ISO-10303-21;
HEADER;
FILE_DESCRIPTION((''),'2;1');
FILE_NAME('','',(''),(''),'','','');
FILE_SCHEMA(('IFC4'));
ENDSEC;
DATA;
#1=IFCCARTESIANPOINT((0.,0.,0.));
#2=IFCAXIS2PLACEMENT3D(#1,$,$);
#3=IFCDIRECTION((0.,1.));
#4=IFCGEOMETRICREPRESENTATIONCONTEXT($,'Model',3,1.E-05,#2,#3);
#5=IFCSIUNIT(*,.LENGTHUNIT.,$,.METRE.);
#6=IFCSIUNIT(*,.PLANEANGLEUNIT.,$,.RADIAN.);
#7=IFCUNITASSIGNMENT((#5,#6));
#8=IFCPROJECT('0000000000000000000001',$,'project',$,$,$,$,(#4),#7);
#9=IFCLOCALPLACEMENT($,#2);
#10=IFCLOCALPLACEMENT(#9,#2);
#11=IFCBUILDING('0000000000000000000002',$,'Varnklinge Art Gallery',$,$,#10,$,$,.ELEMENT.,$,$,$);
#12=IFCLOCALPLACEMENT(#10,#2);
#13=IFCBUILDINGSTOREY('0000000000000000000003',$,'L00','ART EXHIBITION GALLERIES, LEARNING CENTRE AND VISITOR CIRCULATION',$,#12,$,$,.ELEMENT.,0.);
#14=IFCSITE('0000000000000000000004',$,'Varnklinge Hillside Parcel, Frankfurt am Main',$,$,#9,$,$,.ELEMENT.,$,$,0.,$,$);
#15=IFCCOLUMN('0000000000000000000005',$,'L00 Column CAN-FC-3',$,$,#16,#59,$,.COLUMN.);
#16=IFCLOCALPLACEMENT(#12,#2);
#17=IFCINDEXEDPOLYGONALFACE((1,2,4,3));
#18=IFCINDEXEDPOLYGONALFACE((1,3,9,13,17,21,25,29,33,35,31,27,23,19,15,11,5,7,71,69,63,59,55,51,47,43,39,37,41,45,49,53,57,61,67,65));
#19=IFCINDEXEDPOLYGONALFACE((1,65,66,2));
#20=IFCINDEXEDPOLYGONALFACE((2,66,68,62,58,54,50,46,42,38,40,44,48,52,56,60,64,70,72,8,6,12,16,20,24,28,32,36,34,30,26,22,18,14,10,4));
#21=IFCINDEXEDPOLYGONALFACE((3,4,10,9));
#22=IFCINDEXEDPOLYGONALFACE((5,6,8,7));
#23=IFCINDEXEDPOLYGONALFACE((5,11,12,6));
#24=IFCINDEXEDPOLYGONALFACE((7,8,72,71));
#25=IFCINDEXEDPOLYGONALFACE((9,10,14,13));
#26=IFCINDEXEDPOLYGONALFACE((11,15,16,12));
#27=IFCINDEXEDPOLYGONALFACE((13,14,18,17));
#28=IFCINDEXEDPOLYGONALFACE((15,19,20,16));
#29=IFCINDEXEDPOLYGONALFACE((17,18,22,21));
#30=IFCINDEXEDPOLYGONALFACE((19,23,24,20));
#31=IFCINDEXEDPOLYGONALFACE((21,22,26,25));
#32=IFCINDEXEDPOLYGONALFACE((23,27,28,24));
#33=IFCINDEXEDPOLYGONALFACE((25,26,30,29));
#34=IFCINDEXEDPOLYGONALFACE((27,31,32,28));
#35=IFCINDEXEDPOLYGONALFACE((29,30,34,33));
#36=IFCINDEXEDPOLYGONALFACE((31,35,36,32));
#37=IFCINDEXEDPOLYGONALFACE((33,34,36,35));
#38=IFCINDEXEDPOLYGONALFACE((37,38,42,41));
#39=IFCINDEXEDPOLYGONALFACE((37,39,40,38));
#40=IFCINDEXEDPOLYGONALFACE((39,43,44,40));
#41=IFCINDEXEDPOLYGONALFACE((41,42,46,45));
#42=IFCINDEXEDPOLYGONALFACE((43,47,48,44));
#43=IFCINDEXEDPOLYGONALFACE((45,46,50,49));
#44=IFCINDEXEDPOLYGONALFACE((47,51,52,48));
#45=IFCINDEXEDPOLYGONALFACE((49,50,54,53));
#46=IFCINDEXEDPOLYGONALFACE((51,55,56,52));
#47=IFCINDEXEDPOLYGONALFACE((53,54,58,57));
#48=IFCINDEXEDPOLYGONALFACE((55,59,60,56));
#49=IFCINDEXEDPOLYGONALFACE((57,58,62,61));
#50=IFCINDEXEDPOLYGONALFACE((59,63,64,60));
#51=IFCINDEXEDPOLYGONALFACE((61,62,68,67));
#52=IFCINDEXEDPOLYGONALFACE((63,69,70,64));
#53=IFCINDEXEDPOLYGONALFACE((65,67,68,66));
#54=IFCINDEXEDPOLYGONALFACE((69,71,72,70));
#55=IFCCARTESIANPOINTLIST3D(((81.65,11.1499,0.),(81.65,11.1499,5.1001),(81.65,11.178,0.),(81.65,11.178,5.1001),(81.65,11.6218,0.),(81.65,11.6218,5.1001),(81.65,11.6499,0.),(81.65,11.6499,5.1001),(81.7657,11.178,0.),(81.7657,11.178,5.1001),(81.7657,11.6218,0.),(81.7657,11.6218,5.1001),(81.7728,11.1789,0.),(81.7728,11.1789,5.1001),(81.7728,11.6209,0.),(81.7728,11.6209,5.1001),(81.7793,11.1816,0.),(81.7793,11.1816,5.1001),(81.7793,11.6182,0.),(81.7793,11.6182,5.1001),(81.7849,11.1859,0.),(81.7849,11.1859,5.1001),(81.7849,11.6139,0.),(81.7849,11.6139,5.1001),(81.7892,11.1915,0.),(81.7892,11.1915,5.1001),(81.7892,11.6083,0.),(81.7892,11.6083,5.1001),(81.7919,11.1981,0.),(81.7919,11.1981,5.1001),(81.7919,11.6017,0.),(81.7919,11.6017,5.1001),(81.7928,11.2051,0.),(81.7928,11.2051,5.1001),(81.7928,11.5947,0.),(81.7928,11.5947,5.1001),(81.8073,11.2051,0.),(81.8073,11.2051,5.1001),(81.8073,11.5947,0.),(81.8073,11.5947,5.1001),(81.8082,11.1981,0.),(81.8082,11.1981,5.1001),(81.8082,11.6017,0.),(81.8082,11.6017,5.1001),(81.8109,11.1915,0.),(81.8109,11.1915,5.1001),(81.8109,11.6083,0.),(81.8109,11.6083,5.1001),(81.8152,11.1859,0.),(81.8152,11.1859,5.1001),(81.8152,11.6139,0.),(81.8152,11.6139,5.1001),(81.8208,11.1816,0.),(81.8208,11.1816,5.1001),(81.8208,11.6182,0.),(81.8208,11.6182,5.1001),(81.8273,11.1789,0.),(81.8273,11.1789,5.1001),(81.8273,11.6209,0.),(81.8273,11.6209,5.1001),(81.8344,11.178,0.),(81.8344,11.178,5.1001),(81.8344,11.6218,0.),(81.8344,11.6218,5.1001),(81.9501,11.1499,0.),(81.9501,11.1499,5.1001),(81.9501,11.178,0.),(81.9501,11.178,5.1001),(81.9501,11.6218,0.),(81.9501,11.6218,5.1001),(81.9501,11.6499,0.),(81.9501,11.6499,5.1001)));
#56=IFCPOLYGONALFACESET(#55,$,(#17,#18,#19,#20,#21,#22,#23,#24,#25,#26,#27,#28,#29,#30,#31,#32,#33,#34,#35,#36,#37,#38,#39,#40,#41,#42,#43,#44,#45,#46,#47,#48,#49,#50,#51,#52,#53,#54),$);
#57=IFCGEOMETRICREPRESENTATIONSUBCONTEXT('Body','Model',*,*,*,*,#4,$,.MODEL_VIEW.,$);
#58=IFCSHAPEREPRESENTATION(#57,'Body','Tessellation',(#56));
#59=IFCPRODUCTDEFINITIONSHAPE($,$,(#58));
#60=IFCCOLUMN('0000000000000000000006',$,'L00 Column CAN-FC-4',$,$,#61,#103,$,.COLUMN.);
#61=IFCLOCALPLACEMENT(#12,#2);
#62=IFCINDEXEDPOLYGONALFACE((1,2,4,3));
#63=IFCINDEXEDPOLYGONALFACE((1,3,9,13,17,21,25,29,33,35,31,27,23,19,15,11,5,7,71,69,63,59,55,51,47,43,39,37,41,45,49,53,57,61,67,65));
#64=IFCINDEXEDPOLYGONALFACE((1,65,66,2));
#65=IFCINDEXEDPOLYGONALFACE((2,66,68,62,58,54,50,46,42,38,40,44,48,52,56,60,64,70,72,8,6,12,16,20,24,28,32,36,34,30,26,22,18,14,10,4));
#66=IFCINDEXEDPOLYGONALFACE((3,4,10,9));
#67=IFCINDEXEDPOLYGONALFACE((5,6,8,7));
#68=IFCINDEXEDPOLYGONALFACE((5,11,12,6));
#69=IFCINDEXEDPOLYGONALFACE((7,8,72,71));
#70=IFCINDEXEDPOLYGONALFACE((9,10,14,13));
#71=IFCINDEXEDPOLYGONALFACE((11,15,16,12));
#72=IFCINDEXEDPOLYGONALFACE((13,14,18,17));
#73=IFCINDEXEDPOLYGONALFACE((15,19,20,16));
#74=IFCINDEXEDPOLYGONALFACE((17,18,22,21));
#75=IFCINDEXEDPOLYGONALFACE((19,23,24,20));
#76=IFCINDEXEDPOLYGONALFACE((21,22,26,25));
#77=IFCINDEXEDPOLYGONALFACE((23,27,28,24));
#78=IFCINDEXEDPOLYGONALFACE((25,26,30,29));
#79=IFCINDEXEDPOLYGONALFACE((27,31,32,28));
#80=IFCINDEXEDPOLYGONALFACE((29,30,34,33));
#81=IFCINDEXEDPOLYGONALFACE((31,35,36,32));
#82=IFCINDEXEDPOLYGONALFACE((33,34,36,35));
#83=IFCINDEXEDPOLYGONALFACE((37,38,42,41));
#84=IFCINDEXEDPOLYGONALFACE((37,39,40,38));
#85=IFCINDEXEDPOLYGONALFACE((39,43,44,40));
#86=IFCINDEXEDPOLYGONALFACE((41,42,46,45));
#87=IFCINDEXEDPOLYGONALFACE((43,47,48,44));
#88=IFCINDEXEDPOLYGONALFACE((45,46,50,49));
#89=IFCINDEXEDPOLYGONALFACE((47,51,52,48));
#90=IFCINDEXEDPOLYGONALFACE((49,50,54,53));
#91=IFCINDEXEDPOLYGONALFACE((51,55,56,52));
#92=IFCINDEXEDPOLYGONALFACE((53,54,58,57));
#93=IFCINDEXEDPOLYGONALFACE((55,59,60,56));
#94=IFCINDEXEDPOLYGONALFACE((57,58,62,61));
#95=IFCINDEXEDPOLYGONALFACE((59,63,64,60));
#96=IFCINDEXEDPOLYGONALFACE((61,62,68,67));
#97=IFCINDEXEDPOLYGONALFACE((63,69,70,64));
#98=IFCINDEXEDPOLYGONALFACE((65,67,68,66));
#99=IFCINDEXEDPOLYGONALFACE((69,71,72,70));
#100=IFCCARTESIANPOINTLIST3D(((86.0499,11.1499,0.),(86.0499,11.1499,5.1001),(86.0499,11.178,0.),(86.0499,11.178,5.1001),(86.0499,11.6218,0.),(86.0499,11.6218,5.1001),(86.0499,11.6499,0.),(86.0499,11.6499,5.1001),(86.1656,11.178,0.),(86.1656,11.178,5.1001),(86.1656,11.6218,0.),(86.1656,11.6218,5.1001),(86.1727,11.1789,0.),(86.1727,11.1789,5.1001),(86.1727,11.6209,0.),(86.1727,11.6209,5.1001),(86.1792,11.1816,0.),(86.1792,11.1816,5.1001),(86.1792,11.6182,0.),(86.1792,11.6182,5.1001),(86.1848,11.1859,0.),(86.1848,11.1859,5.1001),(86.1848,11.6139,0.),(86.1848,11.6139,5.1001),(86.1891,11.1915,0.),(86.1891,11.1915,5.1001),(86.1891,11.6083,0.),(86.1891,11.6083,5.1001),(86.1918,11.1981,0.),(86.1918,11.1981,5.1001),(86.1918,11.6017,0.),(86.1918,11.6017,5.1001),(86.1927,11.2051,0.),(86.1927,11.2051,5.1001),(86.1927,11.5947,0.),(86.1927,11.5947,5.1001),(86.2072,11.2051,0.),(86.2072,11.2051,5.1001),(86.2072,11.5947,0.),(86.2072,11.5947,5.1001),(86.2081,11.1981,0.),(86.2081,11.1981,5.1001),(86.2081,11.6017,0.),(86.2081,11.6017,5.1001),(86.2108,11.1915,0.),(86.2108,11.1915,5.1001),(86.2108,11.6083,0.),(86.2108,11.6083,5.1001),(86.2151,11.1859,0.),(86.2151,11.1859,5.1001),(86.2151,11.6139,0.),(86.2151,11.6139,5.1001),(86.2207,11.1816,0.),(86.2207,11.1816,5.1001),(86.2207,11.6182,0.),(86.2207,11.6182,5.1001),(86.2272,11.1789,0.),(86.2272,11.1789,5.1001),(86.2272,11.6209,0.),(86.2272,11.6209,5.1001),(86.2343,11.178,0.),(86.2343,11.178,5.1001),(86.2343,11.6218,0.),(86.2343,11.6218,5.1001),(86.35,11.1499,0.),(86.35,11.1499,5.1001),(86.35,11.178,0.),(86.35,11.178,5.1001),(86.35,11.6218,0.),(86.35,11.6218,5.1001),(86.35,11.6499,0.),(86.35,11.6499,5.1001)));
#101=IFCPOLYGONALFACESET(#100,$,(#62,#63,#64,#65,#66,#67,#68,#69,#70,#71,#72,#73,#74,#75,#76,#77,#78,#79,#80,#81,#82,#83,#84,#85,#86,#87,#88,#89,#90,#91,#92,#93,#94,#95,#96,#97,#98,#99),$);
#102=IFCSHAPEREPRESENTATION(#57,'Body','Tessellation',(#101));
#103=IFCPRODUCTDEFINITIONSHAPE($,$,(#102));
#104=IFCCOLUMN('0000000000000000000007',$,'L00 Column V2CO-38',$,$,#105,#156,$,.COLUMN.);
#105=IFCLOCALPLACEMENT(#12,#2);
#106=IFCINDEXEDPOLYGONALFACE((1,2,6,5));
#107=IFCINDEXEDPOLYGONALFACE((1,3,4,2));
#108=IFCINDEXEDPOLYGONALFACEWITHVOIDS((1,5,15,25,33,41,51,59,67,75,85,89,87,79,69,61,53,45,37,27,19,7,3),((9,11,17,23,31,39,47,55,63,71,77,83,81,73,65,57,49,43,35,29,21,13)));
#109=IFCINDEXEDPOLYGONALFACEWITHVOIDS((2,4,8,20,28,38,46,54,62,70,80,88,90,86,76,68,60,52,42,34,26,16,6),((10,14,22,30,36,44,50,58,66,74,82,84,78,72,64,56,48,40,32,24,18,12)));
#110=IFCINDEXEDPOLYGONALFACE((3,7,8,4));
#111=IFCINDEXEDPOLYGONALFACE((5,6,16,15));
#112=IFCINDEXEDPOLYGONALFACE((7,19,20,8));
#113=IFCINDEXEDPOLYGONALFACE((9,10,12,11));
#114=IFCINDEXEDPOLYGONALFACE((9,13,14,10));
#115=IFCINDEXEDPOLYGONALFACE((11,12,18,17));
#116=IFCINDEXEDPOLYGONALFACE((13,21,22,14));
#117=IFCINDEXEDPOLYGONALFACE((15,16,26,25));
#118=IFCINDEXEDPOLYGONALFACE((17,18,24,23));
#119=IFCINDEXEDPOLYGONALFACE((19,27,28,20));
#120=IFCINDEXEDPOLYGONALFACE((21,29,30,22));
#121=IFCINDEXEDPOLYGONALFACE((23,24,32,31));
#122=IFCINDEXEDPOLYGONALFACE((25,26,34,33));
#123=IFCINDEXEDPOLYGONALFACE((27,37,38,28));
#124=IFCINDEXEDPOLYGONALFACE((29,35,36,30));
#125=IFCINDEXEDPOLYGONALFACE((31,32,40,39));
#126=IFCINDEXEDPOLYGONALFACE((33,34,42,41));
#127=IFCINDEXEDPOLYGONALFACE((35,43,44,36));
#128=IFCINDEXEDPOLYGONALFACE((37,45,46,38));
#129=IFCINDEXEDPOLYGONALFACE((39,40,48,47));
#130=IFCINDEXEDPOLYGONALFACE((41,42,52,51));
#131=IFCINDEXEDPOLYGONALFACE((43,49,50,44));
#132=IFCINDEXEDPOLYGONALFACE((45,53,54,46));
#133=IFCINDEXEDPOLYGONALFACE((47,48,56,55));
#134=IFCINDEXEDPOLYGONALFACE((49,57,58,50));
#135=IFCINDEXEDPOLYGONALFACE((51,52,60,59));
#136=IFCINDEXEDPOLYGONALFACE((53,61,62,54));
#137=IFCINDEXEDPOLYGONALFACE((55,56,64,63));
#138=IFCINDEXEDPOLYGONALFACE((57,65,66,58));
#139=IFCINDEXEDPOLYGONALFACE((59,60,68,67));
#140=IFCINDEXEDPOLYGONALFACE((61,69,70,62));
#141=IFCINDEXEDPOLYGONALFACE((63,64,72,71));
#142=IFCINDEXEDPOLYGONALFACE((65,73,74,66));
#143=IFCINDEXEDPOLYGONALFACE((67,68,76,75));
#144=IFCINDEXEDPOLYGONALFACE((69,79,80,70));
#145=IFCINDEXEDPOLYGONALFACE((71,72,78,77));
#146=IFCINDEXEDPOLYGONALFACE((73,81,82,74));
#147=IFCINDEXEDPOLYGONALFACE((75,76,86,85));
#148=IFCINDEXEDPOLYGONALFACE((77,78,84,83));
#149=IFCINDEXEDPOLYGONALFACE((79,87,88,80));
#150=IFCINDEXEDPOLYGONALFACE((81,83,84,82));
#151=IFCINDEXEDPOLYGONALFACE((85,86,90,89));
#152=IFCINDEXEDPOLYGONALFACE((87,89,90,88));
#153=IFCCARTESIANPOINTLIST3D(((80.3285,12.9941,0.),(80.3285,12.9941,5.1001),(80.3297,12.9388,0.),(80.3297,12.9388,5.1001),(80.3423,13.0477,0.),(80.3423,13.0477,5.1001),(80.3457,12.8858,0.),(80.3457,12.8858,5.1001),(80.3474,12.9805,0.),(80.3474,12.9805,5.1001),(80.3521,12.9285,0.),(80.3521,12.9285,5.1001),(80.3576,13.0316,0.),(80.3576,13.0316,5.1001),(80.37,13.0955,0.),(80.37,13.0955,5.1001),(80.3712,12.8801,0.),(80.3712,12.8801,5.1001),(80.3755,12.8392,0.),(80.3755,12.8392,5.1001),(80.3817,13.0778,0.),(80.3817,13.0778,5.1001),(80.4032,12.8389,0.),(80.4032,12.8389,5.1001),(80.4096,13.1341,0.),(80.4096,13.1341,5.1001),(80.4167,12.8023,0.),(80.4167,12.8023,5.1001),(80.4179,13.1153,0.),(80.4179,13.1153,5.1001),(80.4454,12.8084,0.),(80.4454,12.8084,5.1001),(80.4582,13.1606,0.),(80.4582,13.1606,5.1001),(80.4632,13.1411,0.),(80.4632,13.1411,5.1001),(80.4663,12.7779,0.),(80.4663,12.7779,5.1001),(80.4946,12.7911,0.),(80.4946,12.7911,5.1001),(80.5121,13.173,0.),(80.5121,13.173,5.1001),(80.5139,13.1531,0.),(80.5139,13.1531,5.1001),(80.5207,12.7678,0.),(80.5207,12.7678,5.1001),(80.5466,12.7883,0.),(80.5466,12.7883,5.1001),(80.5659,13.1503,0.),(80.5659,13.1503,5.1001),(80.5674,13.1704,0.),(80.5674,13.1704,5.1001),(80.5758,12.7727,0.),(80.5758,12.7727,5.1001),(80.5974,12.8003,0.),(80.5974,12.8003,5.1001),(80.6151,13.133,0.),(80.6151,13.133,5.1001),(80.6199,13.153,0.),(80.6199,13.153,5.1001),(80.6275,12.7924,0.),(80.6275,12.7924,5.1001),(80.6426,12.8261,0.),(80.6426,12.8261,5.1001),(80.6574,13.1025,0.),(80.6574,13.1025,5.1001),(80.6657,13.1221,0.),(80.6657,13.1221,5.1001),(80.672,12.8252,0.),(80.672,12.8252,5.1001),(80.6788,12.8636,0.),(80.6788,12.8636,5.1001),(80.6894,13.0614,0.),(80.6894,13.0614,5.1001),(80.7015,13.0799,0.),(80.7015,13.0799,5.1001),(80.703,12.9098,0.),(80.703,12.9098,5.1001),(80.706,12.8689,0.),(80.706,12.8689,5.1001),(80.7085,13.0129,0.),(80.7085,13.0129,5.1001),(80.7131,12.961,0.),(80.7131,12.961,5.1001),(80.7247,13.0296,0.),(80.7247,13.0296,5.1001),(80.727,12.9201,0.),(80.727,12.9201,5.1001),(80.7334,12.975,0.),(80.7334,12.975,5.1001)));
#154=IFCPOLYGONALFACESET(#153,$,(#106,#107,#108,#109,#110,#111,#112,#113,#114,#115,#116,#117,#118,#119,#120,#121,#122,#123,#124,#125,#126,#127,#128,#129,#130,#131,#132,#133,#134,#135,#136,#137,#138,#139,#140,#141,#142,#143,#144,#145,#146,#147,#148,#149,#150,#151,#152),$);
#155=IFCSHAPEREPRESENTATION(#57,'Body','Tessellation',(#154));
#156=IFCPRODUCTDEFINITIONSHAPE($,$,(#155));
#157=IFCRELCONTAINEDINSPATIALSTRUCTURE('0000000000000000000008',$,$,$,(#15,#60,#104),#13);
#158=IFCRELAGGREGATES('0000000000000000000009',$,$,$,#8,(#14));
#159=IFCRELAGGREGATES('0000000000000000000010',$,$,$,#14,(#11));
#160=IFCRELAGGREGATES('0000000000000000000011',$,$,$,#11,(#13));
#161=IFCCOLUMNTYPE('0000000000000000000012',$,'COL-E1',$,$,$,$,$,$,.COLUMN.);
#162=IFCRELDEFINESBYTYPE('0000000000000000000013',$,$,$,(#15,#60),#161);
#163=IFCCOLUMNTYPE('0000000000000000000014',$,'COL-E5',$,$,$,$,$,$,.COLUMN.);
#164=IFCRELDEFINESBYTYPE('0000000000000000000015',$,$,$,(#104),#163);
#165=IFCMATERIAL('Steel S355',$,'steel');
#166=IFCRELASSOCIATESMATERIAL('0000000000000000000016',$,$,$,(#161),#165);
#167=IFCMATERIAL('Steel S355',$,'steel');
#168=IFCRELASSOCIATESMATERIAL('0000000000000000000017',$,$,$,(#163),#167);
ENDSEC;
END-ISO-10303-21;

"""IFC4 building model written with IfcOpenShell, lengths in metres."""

from ifc_helpers import new_model, si_unit, direction, frame, origin, origin_2d, place, context, subcontext, project, spatial, hollow_circle, i_section, extrude, material, material_profile, profile_set, type_object, element, save


model = new_model("IFC4")

# Units and contexts
model_context = context("Model", 3, precision=1e-05, world=origin(), true_north=direction((0.0, 1.0)))
body_context = subcontext(model_context, "Body", "Model", "MODEL_VIEW")
ifc_project = project(units=[si_unit("LENGTHUNIT", "METRE"), si_unit("PLANEANGLEUNIT", "RADIAN")], contexts=[model_context])

# Site, building, storey
site_placement = place(None, origin())
site = spatial("IfcSite", under=ifc_project, at=site_placement, Name="Varnklinge Hillside Parcel, Frankfurt am Main", CompositionType="ELEMENT", RefElevation=0.0)
building_placement = place(site_placement, origin())
building = spatial("IfcBuilding", under=site, at=building_placement, Name="Varnklinge Art Gallery", CompositionType="ELEMENT")
storey_placement = place(building_placement, origin())
storey = spatial("IfcBuildingStorey", under=building, at=storey_placement, Name="L00", Description="ART EXHIBITION GALLERIES, LEARNING CENTRE AND VISITOR CIRCULATION", CompositionType="ELEMENT", Elevation=0.0)

# Columns
ifc_material_1 = material(Name="Steel S355", Category="steel")
ifc_material_profile_1 = material_profile(ifc_material_1, i_section(OverallWidth=0.3, OverallDepth=0.5, WebThickness=0.0144, FlangeThickness=0.0281, FilletRadius=0.0271, at=origin_2d()), Name="HEB 500")
ifc_profile_set_1 = profile_set([ifc_material_profile_1], Name="Steel S355")
column_type_1 = type_object("IfcColumnType", Name="COL-E1", PredefinedType="COLUMN", material=ifc_profile_set_1)
for number, where, z_axis, x_axis, name in (
    (1, (81.8, 11.3999, 0.0), (0.0, 0.0, 1.0), (1.0, 0.0, 0.0), "L00 Column CAN-FC-3"),
    (2, (86.2, 11.3999, 0.0), (0.0, 0.0, 1.0), (1.0, 0.0, 0.0), "L00 Column CAN-FC-4"),
):
    element("IfcColumn", number, at=place(storey_placement, frame(where, z_axis=z_axis, x_axis=x_axis)), inside=storey, type_object=column_type_1, Name=name, PredefinedType="COLUMN", context=body_context, shape_type="SweptSolid", body=[
        extrude(i_section(OverallWidth=0.3, OverallDepth=0.5, WebThickness=0.0144, FlangeThickness=0.0281, FilletRadius=0.0271, at=origin_2d()), origin(), (0.0, 0.0, 1.0), 5.1001),
    ])
ifc_material_2 = material(Name="Steel S355", Category="steel")
ifc_material_profile_2 = material_profile(ifc_material_2, hollow_circle(Radius=0.2031, WallThickness=0.02, at=origin_2d()), Name="CHS 406.4x20")
ifc_profile_set_2 = profile_set([ifc_material_profile_2], Name="Steel S355")
column_type_2 = type_object("IfcColumnType", Name="COL-E5", PredefinedType="COLUMN", material=ifc_profile_set_2)
for number, where, z_axis, x_axis, name in (
    (3, (80.5303, 12.9707, 0.0), (0.0, 0.0, 1.0), (-0.089416, 0.995994, 0.0), "L00 Column V2CO-38"),
):
    element("IfcColumn", number, at=place(storey_placement, frame(where, z_axis=z_axis, x_axis=x_axis)), inside=storey, type_object=column_type_2, Name=name, PredefinedType="COLUMN", context=body_context, shape_type="SweptSolid", body=[
        extrude(hollow_circle(Radius=0.2031, WallThickness=0.02, at=origin_2d()), origin(), (0.0, 0.0, 1.0), 5.1001),
    ])

save(model, "model.ifc")
